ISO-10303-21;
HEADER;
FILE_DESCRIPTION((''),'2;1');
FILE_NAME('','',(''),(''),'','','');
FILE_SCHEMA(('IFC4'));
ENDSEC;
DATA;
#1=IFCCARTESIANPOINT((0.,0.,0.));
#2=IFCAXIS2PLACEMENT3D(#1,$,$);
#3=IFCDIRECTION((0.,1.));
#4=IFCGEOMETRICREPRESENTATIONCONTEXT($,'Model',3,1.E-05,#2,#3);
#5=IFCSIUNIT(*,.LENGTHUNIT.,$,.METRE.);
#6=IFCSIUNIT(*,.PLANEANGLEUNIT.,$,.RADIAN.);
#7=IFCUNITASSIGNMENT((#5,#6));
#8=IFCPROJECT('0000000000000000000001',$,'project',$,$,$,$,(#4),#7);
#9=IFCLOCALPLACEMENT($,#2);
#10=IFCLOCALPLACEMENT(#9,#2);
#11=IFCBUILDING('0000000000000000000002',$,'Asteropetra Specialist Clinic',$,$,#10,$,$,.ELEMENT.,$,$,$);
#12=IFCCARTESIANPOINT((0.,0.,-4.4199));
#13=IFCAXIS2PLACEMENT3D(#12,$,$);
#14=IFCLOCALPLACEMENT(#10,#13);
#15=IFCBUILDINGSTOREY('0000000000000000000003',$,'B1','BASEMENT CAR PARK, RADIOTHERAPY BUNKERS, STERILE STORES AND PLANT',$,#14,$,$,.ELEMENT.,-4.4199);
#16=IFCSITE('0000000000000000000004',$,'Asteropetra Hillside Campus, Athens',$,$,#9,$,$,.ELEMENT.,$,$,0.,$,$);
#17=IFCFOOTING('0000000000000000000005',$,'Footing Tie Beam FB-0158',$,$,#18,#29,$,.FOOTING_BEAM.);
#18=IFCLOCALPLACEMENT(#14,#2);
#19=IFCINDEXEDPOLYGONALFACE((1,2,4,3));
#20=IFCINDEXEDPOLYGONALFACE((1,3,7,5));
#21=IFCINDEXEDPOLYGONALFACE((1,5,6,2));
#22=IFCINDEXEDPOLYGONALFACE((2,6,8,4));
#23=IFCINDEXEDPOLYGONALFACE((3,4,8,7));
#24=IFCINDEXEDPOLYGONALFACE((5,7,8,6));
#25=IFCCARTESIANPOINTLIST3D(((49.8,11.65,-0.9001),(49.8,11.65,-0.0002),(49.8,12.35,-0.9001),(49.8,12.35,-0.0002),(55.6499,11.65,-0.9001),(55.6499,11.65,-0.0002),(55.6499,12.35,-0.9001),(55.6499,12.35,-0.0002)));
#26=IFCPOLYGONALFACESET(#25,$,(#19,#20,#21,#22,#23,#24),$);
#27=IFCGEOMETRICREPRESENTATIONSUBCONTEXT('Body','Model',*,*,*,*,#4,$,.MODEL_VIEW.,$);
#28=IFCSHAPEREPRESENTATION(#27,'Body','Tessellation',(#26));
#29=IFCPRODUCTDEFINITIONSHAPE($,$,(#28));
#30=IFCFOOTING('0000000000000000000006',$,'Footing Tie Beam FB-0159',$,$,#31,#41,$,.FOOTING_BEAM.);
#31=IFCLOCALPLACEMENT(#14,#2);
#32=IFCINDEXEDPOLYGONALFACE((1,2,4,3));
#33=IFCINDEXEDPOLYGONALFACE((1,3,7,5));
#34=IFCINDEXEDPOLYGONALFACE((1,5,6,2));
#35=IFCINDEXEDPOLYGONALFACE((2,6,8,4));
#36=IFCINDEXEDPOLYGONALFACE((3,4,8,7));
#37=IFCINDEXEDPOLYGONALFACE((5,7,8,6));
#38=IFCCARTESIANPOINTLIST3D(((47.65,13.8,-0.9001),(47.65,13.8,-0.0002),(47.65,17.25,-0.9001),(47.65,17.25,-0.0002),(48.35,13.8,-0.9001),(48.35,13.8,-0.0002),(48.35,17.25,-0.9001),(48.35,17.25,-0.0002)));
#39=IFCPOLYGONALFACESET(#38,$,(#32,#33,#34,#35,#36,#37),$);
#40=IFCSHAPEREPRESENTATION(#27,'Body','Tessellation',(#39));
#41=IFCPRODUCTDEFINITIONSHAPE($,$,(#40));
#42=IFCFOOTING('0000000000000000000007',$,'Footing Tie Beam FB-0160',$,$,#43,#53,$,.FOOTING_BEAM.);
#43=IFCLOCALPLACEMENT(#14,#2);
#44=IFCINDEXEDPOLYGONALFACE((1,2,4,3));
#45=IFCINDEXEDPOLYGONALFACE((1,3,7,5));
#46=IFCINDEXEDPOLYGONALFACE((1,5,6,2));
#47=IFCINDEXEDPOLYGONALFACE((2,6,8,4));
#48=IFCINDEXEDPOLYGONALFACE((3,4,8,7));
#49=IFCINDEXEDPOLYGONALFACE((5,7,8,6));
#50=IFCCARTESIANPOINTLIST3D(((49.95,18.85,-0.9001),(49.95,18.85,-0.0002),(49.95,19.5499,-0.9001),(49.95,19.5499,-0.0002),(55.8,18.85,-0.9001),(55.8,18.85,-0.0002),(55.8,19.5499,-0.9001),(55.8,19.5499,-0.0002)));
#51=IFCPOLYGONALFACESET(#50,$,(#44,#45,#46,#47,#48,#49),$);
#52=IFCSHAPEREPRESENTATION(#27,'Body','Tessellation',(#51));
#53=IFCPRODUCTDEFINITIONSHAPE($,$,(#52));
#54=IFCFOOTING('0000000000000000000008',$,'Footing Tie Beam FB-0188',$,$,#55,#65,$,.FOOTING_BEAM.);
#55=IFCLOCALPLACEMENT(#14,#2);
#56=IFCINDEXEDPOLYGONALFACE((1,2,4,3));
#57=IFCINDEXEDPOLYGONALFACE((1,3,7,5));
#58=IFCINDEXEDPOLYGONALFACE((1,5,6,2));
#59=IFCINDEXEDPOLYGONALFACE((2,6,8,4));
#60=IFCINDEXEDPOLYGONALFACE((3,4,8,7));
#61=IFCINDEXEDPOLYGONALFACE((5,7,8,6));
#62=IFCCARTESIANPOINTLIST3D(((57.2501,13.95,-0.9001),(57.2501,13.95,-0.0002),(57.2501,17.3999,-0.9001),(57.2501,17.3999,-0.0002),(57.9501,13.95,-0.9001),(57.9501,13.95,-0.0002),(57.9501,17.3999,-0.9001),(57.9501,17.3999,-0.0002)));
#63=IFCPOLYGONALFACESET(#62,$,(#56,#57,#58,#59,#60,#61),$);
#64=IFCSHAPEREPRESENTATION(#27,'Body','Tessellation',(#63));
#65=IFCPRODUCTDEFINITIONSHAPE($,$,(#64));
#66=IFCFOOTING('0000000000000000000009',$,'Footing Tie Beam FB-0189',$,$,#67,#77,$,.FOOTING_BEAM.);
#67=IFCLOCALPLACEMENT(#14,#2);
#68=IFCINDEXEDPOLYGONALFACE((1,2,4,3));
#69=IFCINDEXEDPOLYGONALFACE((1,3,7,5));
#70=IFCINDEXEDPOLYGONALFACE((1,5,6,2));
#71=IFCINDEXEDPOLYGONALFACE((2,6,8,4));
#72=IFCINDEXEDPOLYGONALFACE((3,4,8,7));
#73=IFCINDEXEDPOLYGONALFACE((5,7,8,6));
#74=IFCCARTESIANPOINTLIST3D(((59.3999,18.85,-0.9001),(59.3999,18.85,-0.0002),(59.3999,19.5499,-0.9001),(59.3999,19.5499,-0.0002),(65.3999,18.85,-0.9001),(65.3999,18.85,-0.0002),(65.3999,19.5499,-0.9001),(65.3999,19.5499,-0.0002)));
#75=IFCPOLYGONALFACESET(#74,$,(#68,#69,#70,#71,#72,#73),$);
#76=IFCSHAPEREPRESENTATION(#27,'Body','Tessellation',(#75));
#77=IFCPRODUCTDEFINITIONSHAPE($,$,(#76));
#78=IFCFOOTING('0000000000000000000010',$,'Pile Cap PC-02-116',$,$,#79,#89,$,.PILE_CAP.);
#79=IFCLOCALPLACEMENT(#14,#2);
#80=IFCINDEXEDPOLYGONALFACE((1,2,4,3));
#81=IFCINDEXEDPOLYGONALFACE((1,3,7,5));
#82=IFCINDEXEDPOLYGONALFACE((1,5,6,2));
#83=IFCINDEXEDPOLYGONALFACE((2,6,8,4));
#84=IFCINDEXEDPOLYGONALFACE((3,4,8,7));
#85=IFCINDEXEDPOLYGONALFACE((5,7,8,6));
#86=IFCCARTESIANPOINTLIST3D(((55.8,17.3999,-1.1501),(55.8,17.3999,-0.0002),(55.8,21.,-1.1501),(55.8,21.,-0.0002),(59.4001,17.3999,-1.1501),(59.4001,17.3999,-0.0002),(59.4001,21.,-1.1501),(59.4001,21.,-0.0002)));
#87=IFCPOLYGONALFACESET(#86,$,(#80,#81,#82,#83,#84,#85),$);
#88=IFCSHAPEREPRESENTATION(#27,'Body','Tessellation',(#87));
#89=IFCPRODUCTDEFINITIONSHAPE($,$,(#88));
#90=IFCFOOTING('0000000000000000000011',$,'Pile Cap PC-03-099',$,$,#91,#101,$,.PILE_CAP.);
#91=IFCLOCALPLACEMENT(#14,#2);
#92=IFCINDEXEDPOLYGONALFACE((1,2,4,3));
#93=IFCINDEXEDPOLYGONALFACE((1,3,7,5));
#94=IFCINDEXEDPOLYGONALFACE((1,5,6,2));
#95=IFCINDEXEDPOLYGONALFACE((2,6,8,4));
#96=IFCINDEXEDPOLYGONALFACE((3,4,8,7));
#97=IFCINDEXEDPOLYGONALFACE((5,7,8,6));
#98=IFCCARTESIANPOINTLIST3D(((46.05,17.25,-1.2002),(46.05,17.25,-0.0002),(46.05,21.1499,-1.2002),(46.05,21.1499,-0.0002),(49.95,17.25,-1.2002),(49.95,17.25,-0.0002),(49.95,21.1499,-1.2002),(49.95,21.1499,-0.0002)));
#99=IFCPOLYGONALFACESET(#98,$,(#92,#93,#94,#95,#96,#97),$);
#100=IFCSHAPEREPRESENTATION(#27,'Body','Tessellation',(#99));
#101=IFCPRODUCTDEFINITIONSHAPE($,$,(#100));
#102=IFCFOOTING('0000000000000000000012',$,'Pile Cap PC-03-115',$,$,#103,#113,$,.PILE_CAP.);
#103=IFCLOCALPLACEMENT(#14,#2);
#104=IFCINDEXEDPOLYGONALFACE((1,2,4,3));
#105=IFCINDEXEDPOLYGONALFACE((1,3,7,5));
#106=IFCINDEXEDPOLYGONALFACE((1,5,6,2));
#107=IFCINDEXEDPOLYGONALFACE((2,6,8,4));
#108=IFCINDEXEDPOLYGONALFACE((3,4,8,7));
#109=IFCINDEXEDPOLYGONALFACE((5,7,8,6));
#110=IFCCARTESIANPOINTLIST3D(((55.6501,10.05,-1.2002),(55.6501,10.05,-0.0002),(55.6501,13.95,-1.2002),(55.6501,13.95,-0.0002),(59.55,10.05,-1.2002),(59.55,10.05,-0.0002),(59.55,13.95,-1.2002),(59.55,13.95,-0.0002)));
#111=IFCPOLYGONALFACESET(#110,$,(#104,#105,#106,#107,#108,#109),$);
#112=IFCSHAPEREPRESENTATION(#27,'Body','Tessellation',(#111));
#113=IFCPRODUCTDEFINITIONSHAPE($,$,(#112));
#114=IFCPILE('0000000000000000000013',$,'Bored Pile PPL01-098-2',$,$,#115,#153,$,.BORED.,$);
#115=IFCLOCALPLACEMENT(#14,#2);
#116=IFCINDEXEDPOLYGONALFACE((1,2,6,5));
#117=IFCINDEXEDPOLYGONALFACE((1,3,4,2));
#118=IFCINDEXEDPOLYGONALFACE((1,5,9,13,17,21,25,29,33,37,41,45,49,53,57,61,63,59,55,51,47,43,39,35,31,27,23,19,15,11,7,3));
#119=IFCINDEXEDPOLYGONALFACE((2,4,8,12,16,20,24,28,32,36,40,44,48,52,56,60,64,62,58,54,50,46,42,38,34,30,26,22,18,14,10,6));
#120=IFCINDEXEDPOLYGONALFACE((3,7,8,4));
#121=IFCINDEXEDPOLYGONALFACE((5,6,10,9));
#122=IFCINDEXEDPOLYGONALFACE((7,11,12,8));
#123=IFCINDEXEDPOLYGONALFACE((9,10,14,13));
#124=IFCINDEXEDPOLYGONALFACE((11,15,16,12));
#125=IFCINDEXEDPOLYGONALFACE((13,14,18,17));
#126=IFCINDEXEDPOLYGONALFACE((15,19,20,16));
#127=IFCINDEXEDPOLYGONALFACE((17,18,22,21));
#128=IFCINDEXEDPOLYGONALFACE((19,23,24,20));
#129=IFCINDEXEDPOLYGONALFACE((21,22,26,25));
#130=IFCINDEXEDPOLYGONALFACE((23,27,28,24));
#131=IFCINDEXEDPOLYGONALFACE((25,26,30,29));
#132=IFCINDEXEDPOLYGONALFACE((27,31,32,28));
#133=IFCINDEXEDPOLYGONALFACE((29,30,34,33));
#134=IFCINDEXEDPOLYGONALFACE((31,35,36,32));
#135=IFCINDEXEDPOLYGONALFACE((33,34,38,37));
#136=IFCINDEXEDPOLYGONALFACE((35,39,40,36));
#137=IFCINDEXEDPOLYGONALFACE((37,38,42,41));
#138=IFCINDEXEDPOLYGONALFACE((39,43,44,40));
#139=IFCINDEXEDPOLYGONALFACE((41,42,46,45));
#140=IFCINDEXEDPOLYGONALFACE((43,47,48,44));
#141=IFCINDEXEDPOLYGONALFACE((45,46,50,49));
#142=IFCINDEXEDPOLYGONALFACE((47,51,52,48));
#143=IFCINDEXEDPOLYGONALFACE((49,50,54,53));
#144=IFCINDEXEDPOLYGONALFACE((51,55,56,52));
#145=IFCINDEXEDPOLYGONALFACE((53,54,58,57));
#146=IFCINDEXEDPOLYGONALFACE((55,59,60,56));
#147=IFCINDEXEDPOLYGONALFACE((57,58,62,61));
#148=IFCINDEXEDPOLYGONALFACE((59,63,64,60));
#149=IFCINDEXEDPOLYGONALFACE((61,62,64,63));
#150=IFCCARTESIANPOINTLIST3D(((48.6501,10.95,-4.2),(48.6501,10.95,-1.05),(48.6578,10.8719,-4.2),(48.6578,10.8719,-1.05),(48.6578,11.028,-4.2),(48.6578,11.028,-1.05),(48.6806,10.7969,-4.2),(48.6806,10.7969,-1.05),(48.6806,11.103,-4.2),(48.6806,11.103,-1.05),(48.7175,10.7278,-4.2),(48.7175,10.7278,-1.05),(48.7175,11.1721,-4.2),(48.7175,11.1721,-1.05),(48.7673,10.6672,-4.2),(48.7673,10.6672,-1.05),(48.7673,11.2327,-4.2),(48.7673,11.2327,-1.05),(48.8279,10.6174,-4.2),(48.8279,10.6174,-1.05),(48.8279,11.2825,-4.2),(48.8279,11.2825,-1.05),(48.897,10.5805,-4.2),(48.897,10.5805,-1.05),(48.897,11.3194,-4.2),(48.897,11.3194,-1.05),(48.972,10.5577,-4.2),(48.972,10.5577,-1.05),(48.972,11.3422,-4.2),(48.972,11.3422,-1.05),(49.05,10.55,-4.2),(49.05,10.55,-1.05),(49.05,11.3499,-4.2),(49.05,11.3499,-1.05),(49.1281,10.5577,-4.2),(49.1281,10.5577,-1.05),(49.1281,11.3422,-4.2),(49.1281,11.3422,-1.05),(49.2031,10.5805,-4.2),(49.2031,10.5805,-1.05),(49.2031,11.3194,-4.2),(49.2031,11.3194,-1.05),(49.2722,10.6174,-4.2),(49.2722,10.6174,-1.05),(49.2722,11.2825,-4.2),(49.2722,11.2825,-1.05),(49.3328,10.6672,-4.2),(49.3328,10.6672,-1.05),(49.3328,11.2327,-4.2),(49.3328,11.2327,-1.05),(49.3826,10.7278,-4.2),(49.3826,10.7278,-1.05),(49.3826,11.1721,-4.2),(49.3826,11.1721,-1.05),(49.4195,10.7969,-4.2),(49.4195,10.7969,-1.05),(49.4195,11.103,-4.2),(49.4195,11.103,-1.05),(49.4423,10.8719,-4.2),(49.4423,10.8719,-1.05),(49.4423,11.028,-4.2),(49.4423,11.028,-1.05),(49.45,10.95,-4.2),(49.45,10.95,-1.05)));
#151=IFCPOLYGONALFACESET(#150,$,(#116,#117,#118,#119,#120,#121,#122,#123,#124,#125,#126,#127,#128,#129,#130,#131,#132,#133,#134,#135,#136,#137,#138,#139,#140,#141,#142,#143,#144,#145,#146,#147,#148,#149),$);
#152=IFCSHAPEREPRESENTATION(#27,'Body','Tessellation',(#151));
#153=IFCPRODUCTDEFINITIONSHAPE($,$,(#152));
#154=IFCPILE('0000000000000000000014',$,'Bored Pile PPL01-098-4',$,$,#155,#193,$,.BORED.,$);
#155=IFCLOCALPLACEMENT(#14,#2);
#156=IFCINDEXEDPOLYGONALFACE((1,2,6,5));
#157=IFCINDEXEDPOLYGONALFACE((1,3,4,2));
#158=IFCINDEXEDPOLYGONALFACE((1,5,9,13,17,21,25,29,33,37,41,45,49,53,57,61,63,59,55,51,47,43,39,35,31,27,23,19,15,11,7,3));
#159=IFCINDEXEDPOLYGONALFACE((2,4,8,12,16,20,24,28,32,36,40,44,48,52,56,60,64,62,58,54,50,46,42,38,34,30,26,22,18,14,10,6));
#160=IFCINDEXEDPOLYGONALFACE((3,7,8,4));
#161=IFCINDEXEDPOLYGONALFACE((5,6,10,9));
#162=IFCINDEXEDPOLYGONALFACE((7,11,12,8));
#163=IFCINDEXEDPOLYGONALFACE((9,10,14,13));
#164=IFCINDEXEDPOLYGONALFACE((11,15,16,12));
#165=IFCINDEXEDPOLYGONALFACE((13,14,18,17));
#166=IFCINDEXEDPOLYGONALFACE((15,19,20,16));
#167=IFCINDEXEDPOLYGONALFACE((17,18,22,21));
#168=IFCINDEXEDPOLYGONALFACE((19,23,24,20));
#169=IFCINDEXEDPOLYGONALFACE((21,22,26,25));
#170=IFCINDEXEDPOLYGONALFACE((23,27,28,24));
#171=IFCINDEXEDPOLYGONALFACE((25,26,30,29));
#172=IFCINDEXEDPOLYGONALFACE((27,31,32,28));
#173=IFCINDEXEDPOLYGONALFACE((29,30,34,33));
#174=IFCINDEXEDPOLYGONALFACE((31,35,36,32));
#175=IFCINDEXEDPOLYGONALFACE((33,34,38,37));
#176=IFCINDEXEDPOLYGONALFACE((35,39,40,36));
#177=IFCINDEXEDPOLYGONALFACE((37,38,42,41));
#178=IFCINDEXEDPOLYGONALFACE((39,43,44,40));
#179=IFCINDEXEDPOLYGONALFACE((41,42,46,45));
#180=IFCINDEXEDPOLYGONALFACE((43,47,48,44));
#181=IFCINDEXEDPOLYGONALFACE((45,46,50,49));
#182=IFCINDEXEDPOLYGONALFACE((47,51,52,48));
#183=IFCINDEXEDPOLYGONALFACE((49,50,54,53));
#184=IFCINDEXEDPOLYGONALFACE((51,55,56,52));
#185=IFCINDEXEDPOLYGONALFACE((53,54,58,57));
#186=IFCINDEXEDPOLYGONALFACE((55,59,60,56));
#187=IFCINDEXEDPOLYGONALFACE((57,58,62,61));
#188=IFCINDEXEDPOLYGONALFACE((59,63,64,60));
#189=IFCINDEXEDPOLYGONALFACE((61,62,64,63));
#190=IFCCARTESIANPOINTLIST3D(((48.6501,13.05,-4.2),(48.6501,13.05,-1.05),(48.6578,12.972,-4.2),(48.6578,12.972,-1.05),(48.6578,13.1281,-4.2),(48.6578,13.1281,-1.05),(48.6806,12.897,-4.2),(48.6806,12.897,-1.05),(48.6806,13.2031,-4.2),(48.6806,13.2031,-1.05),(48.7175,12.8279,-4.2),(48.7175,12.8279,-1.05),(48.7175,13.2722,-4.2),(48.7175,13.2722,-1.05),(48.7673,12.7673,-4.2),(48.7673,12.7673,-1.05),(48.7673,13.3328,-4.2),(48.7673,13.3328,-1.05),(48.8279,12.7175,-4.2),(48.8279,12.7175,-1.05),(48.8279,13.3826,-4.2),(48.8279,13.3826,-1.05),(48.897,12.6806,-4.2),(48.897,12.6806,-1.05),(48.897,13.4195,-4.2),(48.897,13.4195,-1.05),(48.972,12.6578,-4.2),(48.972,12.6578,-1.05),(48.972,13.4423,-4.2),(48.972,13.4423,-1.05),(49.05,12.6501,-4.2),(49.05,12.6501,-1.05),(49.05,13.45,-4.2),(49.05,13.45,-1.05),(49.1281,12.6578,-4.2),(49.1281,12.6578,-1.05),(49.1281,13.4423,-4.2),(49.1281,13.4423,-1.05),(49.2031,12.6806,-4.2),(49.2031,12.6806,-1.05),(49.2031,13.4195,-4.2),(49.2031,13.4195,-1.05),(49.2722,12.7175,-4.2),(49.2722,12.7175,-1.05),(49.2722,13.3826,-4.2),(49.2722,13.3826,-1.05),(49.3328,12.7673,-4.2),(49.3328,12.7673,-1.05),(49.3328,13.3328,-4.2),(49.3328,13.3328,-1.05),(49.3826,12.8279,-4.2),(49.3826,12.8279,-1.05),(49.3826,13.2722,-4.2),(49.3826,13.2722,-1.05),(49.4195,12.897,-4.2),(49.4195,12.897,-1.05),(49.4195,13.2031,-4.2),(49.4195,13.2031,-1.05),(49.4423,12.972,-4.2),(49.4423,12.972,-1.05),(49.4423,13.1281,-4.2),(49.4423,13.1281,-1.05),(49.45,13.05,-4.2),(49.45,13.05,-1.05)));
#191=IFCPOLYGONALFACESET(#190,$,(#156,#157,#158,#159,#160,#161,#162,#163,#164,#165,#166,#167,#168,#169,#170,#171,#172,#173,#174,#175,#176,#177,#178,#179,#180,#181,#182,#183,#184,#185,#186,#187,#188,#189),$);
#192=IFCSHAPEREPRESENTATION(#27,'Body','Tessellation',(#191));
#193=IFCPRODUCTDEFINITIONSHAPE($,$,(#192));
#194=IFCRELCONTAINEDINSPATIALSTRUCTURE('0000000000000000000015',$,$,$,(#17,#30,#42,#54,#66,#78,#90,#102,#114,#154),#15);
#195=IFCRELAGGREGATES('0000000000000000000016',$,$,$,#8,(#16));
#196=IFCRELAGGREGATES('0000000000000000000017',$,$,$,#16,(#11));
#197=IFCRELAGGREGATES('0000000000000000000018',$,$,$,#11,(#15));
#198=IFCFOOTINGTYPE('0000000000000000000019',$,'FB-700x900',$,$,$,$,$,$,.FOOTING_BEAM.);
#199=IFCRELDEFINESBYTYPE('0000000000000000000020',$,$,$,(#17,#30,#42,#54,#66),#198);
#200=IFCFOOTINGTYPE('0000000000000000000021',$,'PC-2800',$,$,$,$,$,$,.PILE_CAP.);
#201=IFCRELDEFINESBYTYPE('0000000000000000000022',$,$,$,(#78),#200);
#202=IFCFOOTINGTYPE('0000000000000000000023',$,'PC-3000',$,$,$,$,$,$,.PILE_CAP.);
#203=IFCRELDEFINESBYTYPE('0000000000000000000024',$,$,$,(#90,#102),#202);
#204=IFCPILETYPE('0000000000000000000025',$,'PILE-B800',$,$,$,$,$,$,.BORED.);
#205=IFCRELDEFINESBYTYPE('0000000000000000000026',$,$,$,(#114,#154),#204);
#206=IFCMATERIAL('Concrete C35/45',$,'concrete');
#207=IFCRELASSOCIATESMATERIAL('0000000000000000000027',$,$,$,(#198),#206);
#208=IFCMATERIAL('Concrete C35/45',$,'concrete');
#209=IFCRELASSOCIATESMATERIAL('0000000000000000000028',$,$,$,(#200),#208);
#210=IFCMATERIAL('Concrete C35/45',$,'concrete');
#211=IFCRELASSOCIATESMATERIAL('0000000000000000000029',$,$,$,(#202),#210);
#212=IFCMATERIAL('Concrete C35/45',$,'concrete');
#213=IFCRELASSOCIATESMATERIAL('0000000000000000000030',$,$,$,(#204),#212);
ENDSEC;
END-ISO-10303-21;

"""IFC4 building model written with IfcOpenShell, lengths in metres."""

from ifc_helpers import new_model, si_unit, direction, frame, origin, origin_2d, place, context, subcontext, project, spatial, rectangle, circle, extrude, material, material_profile, profile_set, type_object, element, save


model = new_model("IFC4")

# Units and contexts
model_context = context("Model", 3, precision=1e-05, world=origin(), true_north=direction((0.0, 1.0)))
body_context = subcontext(model_context, "Body", "Model", "MODEL_VIEW")
ifc_project = project(units=[si_unit("LENGTHUNIT", "METRE"), si_unit("PLANEANGLEUNIT", "RADIAN")], contexts=[model_context])

# Site, building, storey
site_placement = place(None, origin())
site = spatial("IfcSite", under=ifc_project, at=site_placement, Name="Asteropetra Hillside Campus, Athens", CompositionType="ELEMENT", RefElevation=0.0)
building_placement = place(site_placement, origin())
building = spatial("IfcBuilding", under=site, at=building_placement, Name="Asteropetra Specialist Clinic", CompositionType="ELEMENT")
storey_placement = place(building_placement, frame((0.0, 0.0, -4.4199)))
storey = spatial("IfcBuildingStorey", under=building, at=storey_placement, Name="B1", Description="BASEMENT CAR PARK, RADIOTHERAPY BUNKERS, STERILE STORES AND PLANT", CompositionType="ELEMENT", Elevation=-4.4199)

# Footings
ifc_material_1 = material(Name="Concrete C35/45", Category="concrete")
ifc_material_profile_1 = material_profile(ifc_material_1, rectangle(XDim=0.7, YDim=0.8999, at=origin_2d()), Name="FB 700x900")
ifc_profile_set_1 = profile_set([ifc_material_profile_1], Name="Concrete C35/45")
footing_type_1 = type_object("IfcFootingType", Name="FB-700x900", PredefinedType="FOOTING_BEAM", material=ifc_profile_set_1)
footing_1_placement = place(storey_placement, frame((49.8, 12.0, -0.4502), z_axis=(1.0, 0.0, 0.0), x_axis=(0.0, 1.0, 0.0)))
element("IfcFooting", 1, at=footing_1_placement, inside=storey, type_object=footing_type_1, Name="Footing Tie Beam FB-0158", PredefinedType="FOOTING_BEAM", context=body_context, shape_type="SweptSolid", body=[
    extrude(rectangle(XDim=0.7, YDim=0.8999, at=origin_2d()), origin(), (0.0, 0.0, 1.0), 5.8499),
])
footing_2_placement = place(storey_placement, frame((48.0, 13.8, -0.4502), z_axis=(0.0, 1.0, 0.0), x_axis=(-1.0, 0.0, 0.0)))
element("IfcFooting", 2, at=footing_2_placement, inside=storey, type_object=footing_type_1, Name="Footing Tie Beam FB-0159", PredefinedType="FOOTING_BEAM", context=body_context, shape_type="SweptSolid", body=[
    extrude(rectangle(XDim=0.7, YDim=0.8999, at=origin_2d()), origin(), (0.0, 0.0, 1.0), 3.45),
])
footing_3_placement = place(storey_placement, frame((49.95, 19.2, -0.4502), z_axis=(1.0, 0.0, 0.0), x_axis=(0.0, 1.0, 0.0)))
element("IfcFooting", 3, at=footing_3_placement, inside=storey, type_object=footing_type_1, Name="Footing Tie Beam FB-0160", PredefinedType="FOOTING_BEAM", context=body_context, shape_type="SweptSolid", body=[
    extrude(rectangle(XDim=0.7, YDim=0.8999, at=origin_2d()), origin(), (0.0, 0.0, 1.0), 5.8501),
])
footing_4_placement = place(storey_placement, frame((57.6001, 13.95, -0.4502), z_axis=(0.0, 1.0, 0.0), x_axis=(-1.0, 0.0, 0.0)))
element("IfcFooting", 4, at=footing_4_placement, inside=storey, type_object=footing_type_1, Name="Footing Tie Beam FB-0188", PredefinedType="FOOTING_BEAM", context=body_context, shape_type="SweptSolid", body=[
    extrude(rectangle(XDim=0.7, YDim=0.8999, at=origin_2d()), origin(), (0.0, 0.0, 1.0), 3.45),
])
footing_5_placement = place(storey_placement, frame((59.3999, 19.2, -0.4502), z_axis=(1.0, 0.0, 0.0), x_axis=(0.0, 1.0, 0.0)))
element("IfcFooting", 5, at=footing_5_placement, inside=storey, type_object=footing_type_1, Name="Footing Tie Beam FB-0189", PredefinedType="FOOTING_BEAM", context=body_context, shape_type="SweptSolid", body=[
    extrude(rectangle(XDim=0.7, YDim=0.8999, at=origin_2d()), origin(), (0.0, 0.0, 1.0), 6.0),
])
ifc_material_2 = material(Name="Concrete C35/45", Category="concrete")
footing_type_2 = type_object("IfcFootingType", Name="PC-2800", PredefinedType="PILE_CAP", material=ifc_material_2)
footing_6_placement = place(storey_placement, frame((57.6001, 19.2, -1.1501), z_axis=(0.0, 0.0, 1.0), x_axis=(1.0, 0.0, 0.0)))
element("IfcFooting", 6, at=footing_6_placement, inside=storey, type_object=footing_type_2, Name="Pile Cap PC-02-116", PredefinedType="PILE_CAP", context=body_context, shape_type="SweptSolid", body=[
    extrude(rectangle(XDim=3.6001, YDim=3.6001, at=origin_2d()), origin(), (0.0, 0.0, 1.0), 1.1499),
])
ifc_material_3 = material(Name="Concrete C35/45", Category="concrete")
footing_type_3 = type_object("IfcFootingType", Name="PC-3000", PredefinedType="PILE_CAP", material=ifc_material_3)
for number, where, z_axis, x_axis, name in (
    (7, (48.0, 19.2, -1.2002), (0.0, 0.0, 1.0), (1.0, 0.0, 0.0), "Pile Cap PC-03-099"),
    (8, (57.6001, 12.0, -1.2002), (0.0, 0.0, 1.0), (1.0, 0.0, 0.0), "Pile Cap PC-03-115"),
):
    element("IfcFooting", number, at=place(storey_placement, frame(where, z_axis=z_axis, x_axis=x_axis)), inside=storey, type_object=footing_type_3, Name=name, PredefinedType="PILE_CAP", context=body_context, shape_type="SweptSolid", body=[
        extrude(rectangle(XDim=3.8999, YDim=3.8999, at=origin_2d()), origin(), (0.0, 0.0, 1.0), 1.2),
    ])

# Piles
ifc_material_4 = material(Name="Concrete C35/45", Category="concrete")
ifc_material_profile_2 = material_profile(ifc_material_4, circle(Radius=0.3999, at=origin_2d()), Name="PILE D800")
ifc_profile_set_2 = profile_set([ifc_material_profile_2], Name="Concrete C35/45")
pile_type_1 = type_object("IfcPileType", Name="PILE-B800", PredefinedType="BORED", material=ifc_profile_set_2)
for number, where, z_axis, x_axis, name in (
    (9, (49.05, 10.95, -1.05), (0.0, 0.0, -1.0), (1.0, 0.0, 0.0), "Bored Pile PPL01-098-2"),
    (10, (49.05, 13.05, -1.05), (0.0, 0.0, -1.0), (1.0, 0.0, 0.0), "Bored Pile PPL01-098-4"),
):
    element("IfcPile", number, at=place(storey_placement, frame(where, z_axis=z_axis, x_axis=x_axis)), inside=storey, type_object=pile_type_1, Name=name, PredefinedType="BORED", context=body_context, shape_type="SweptSolid", body=[
        extrude(circle(Radius=0.3999, at=origin_2d()), origin(), (0.0, 0.0, 1.0), 3.1499),
    ])

save(model, "model.ifc")
